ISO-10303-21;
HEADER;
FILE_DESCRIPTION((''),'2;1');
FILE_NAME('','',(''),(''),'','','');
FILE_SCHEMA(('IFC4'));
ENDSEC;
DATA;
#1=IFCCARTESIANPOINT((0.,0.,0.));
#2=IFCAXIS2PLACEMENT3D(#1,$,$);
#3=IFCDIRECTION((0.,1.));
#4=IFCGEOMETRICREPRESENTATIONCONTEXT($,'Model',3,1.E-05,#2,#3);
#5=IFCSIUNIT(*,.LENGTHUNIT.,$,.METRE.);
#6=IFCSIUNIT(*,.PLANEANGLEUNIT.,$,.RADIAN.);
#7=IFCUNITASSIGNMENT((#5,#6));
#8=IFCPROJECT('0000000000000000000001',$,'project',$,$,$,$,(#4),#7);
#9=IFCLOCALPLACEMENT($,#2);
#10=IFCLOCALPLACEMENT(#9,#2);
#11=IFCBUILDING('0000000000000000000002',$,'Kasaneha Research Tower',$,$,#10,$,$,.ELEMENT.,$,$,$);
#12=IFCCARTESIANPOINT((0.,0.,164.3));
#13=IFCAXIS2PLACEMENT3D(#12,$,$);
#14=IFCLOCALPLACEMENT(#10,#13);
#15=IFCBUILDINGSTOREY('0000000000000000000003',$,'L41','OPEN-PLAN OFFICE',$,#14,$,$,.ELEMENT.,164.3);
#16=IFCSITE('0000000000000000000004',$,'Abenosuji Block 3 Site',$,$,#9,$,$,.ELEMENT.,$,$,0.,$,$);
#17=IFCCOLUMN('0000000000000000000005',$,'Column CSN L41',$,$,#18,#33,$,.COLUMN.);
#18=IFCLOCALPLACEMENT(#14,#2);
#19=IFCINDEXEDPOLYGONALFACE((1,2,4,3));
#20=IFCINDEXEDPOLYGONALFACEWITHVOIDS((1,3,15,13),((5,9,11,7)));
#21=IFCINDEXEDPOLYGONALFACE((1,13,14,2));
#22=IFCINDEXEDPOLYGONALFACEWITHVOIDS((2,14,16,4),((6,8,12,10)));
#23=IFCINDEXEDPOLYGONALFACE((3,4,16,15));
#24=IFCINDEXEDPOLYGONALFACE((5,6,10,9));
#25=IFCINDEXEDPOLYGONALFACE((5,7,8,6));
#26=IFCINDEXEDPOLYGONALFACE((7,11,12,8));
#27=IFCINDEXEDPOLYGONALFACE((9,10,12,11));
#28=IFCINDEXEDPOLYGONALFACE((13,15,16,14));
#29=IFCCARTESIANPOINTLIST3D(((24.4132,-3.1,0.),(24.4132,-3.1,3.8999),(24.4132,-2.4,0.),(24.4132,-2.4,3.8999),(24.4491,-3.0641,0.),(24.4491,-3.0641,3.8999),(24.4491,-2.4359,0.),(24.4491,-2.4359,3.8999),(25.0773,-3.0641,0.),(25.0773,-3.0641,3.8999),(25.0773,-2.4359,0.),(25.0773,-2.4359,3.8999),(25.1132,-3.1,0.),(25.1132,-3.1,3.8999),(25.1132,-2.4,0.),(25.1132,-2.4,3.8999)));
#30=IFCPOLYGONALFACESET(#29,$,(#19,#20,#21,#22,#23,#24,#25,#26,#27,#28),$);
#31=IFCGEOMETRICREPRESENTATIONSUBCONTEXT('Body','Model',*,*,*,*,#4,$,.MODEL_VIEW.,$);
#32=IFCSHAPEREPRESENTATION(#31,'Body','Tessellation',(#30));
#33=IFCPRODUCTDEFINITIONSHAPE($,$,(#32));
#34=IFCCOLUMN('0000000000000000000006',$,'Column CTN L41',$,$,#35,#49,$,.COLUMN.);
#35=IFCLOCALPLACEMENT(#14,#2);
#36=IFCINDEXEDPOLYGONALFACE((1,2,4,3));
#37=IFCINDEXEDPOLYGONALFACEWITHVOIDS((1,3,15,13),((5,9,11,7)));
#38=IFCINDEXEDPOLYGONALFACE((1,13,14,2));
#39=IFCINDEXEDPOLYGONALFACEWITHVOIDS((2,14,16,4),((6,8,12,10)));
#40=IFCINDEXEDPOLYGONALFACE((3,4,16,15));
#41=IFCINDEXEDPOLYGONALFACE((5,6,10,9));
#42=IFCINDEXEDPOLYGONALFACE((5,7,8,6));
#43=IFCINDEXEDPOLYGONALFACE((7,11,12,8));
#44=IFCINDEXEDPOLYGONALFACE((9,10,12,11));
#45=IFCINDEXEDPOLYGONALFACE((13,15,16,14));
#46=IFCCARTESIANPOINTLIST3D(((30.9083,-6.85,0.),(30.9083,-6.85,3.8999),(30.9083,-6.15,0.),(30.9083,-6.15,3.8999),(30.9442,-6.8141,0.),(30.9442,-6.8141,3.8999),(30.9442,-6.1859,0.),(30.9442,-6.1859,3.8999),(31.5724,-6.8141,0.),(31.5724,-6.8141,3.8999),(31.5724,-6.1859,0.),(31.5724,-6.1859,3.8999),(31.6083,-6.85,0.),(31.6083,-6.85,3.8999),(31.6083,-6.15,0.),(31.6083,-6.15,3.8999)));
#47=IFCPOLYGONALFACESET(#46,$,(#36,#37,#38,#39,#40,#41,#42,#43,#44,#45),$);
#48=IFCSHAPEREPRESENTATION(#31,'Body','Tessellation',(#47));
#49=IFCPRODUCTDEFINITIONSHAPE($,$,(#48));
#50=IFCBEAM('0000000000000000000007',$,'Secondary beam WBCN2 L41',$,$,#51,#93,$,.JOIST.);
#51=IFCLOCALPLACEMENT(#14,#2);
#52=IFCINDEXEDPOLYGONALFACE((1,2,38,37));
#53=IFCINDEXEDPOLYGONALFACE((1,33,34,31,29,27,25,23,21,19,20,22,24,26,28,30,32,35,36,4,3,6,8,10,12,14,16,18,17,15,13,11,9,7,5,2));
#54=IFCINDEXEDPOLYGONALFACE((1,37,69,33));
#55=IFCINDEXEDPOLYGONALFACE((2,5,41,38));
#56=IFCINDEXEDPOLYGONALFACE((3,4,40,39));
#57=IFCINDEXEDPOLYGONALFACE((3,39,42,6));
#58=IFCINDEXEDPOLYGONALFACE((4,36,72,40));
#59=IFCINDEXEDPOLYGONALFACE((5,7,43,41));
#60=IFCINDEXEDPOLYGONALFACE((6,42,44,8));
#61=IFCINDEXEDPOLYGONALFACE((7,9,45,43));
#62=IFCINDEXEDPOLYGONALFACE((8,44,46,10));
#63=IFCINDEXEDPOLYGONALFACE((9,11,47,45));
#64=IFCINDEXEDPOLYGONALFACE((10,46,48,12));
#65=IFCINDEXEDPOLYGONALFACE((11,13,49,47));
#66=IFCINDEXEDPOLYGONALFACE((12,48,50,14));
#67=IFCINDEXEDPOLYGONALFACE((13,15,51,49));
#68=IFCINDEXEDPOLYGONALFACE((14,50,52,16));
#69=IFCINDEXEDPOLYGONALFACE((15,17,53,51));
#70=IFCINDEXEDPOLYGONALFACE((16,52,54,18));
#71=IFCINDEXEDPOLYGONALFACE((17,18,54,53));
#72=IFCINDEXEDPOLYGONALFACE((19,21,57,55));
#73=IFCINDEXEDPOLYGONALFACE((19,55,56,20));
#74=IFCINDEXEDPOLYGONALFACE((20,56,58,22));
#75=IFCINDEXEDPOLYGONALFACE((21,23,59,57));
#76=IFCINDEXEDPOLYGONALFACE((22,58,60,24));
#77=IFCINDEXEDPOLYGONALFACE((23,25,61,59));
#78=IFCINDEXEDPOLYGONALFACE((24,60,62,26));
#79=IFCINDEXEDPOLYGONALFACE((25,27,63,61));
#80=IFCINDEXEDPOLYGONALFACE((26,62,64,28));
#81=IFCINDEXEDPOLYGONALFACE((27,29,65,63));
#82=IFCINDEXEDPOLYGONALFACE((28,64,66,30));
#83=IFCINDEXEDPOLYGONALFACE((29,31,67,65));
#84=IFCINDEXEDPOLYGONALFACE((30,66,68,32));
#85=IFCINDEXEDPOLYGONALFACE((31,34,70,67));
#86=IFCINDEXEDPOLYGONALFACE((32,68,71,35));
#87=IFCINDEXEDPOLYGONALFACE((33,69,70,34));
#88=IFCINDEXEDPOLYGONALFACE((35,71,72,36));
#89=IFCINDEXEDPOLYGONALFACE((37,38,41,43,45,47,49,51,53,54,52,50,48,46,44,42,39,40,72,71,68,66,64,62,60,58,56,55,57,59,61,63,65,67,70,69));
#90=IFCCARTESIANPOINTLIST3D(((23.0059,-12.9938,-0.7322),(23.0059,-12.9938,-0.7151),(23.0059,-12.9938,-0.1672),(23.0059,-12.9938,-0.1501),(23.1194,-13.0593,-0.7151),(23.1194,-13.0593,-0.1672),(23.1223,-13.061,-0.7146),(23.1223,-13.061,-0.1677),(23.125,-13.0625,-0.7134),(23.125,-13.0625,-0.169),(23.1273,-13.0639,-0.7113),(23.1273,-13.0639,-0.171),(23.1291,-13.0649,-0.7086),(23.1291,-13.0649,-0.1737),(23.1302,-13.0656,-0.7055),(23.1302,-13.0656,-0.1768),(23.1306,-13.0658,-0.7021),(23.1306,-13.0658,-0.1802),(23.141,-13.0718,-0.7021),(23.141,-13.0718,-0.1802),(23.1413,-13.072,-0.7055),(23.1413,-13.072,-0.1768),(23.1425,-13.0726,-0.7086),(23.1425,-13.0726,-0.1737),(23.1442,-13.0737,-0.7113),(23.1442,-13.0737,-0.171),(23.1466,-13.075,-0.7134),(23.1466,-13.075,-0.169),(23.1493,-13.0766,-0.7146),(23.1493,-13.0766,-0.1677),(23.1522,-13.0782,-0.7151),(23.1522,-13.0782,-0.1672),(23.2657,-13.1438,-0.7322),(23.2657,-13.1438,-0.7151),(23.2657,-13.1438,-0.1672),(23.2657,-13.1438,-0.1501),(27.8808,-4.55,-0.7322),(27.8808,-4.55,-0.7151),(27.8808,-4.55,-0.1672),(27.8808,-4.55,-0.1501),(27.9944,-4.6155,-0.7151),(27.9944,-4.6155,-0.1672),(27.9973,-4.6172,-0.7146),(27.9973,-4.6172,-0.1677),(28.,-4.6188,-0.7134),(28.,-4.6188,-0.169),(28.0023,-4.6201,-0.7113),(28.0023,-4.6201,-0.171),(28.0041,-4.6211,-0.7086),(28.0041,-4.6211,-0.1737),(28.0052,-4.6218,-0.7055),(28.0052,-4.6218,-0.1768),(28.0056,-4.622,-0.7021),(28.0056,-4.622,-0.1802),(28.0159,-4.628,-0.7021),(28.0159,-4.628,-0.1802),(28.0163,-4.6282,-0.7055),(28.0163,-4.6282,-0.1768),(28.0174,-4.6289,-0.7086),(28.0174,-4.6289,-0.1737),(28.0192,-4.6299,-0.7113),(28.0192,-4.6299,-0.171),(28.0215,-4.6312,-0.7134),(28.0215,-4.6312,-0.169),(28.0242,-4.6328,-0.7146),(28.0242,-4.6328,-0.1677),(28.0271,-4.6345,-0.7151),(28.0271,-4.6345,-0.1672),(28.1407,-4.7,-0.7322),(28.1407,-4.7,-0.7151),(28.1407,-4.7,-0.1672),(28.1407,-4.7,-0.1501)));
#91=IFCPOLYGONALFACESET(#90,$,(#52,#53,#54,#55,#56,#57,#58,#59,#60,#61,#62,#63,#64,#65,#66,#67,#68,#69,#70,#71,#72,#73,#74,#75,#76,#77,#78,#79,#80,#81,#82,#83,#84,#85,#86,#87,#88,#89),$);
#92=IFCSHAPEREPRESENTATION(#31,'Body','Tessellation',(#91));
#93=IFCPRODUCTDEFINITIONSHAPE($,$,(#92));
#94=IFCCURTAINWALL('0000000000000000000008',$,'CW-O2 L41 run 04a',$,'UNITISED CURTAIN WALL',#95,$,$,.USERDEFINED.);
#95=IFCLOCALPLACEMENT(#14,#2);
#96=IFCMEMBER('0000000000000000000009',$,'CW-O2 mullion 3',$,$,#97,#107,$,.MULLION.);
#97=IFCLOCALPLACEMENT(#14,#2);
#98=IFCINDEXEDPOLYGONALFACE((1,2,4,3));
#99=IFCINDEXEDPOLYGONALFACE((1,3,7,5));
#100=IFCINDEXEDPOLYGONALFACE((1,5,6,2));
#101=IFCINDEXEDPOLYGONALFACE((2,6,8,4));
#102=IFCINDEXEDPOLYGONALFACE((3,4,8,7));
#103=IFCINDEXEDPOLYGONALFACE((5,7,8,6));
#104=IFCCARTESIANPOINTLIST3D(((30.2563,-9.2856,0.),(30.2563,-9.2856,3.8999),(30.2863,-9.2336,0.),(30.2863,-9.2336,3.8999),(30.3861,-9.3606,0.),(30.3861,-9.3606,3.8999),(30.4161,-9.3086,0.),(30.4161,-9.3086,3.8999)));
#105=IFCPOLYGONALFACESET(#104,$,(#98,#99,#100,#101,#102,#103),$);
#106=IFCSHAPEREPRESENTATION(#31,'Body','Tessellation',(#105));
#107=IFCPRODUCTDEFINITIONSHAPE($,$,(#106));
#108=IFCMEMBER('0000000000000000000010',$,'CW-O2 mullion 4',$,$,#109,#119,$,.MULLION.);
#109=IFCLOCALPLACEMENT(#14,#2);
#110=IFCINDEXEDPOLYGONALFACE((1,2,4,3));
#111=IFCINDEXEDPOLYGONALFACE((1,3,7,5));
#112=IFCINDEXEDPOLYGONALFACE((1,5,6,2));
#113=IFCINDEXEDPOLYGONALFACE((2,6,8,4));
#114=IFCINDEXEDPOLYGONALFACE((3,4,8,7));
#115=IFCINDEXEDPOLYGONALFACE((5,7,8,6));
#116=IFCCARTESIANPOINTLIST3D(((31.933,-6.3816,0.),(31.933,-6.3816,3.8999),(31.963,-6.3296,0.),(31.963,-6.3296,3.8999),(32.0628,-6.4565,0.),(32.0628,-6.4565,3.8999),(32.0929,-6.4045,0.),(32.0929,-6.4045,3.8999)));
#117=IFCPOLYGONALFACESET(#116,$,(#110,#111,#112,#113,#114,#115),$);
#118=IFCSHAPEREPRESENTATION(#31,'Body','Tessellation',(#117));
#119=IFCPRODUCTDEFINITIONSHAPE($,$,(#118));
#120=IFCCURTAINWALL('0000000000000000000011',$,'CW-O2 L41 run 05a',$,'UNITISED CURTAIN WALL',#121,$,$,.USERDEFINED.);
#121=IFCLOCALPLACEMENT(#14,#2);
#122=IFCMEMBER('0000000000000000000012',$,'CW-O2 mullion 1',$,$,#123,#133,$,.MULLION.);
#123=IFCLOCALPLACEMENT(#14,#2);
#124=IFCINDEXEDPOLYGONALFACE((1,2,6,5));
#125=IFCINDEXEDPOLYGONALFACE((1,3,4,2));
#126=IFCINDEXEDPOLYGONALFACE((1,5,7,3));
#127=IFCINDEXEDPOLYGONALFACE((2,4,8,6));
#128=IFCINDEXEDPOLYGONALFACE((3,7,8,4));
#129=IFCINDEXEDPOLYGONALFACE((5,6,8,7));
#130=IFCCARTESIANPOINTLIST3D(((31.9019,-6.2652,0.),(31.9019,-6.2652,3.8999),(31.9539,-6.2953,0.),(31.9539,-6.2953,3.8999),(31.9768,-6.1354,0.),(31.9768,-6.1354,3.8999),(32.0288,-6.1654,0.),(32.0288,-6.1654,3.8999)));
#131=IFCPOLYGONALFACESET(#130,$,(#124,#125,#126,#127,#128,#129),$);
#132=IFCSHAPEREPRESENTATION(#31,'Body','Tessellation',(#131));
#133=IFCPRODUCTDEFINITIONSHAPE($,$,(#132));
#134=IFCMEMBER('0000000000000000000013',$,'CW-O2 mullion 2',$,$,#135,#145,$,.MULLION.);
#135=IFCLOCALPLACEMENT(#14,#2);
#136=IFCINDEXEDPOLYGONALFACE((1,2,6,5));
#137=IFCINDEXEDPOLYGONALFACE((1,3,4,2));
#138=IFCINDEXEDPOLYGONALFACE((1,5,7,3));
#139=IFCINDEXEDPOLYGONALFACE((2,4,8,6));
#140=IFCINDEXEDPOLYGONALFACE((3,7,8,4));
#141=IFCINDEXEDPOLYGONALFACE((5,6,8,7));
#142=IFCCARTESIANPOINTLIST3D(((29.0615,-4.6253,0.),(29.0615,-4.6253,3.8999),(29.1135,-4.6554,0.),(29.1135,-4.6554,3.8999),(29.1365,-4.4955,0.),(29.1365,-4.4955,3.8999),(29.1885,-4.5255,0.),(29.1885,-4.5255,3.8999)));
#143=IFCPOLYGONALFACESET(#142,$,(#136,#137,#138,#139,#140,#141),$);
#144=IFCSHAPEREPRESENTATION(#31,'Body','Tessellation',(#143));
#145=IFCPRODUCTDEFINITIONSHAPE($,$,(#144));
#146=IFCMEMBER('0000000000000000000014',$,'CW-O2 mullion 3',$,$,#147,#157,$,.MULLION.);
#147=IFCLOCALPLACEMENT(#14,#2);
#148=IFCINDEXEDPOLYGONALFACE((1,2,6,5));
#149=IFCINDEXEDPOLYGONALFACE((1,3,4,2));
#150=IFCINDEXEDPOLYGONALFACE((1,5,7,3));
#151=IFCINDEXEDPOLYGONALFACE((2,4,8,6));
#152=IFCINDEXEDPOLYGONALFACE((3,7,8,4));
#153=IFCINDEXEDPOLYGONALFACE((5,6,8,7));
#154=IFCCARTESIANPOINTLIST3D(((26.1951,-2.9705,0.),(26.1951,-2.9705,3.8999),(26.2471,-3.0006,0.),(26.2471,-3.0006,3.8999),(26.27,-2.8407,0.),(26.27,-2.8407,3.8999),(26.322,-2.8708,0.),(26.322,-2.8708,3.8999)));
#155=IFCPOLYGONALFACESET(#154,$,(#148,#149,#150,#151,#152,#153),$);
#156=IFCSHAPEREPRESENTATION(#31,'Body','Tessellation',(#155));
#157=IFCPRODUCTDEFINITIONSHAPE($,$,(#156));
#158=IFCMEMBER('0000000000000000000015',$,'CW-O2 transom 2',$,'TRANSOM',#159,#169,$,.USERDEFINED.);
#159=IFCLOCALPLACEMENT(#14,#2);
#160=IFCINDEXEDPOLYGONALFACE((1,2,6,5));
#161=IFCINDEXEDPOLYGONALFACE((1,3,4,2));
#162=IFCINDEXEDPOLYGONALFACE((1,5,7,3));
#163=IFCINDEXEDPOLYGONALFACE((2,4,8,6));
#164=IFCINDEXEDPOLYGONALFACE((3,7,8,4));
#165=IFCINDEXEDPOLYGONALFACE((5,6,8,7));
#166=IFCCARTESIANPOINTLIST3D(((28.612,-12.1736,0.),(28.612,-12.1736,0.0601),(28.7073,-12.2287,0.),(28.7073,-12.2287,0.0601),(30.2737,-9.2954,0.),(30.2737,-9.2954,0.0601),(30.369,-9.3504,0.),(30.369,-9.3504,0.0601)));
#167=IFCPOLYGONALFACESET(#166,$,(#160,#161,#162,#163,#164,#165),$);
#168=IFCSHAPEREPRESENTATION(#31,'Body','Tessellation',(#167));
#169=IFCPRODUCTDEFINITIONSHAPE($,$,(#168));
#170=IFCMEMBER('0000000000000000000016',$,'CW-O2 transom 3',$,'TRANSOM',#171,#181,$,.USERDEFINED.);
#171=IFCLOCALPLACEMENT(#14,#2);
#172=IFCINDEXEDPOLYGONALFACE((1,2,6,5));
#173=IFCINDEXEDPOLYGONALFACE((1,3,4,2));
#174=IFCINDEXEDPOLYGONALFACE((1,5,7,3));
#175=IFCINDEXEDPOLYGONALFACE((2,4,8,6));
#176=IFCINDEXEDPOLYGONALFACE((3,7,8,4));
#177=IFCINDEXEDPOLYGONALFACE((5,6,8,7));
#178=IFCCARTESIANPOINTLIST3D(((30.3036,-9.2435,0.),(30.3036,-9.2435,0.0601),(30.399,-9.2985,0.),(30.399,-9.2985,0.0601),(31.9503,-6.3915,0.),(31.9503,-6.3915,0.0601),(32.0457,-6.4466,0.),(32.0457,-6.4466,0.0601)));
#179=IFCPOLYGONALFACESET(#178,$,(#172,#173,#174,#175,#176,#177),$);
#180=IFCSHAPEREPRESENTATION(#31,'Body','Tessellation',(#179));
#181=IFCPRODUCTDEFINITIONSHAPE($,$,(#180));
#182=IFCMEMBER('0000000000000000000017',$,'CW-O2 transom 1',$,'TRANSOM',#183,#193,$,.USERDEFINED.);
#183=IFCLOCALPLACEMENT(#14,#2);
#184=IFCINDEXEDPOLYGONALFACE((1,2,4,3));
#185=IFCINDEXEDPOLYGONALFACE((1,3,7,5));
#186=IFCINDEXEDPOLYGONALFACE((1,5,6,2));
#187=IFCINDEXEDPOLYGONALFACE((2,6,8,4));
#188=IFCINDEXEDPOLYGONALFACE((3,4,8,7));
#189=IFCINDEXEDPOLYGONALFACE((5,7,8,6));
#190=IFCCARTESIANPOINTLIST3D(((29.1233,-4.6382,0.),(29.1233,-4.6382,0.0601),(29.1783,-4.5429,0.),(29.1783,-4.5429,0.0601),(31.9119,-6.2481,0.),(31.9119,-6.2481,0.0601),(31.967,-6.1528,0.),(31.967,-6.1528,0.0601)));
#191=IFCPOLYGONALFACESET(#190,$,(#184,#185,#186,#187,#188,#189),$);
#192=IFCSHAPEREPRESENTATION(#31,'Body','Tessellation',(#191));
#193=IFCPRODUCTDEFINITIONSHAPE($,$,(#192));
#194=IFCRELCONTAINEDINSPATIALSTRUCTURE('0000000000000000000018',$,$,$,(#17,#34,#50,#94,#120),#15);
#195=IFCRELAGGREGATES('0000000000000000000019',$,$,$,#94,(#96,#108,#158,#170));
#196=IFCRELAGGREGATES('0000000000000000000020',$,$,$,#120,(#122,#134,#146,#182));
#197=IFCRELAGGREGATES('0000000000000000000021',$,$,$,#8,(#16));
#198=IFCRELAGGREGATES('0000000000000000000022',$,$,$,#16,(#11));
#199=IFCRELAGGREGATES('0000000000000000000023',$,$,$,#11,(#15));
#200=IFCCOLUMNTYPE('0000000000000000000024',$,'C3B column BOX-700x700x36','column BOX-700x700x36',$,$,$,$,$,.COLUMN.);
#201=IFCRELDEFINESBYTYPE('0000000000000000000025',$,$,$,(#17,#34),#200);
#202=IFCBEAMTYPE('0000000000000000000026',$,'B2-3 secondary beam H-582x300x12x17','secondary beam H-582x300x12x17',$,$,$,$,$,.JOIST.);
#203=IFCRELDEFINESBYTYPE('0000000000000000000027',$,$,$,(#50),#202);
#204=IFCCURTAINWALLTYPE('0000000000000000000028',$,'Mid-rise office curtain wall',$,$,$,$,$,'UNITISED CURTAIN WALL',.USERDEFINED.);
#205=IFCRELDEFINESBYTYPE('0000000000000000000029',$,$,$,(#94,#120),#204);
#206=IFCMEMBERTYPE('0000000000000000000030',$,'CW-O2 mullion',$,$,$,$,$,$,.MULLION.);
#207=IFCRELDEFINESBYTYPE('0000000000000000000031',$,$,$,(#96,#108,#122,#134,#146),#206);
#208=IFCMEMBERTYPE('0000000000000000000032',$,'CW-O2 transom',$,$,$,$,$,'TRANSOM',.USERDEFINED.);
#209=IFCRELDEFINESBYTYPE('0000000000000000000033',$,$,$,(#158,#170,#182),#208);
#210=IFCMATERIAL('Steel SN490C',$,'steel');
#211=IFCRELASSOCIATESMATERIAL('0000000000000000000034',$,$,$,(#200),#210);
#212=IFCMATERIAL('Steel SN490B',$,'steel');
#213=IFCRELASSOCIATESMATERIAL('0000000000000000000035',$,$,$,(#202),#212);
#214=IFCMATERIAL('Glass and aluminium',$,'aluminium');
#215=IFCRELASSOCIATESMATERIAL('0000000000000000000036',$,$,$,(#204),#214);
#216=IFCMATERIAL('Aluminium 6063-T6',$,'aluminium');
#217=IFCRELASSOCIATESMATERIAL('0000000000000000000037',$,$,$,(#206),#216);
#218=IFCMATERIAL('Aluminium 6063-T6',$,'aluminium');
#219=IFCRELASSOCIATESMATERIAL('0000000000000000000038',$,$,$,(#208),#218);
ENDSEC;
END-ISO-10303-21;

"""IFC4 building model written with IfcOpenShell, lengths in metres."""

from ifc_helpers import new_model, si_unit, direction, frame, origin, origin_2d, place, context, subcontext, project, spatial, rectangle, hollow_rectangle, i_section, extrude, material, material_profile, profile_set, type_object, element, aggregate, save


model = new_model("IFC4")

# Units and contexts
model_context = context("Model", 3, precision=1e-05, world=origin(), true_north=direction((0.0, 1.0)))
body_context = subcontext(model_context, "Body", "Model", "MODEL_VIEW")
ifc_project = project(units=[si_unit("LENGTHUNIT", "METRE"), si_unit("PLANEANGLEUNIT", "RADIAN")], contexts=[model_context])

# Site, building, storey
site_placement = place(None, origin())
site = spatial("IfcSite", under=ifc_project, at=site_placement, Name="Abenosuji Block 3 Site", CompositionType="ELEMENT", RefElevation=0.0)
building_placement = place(site_placement, origin())
building = spatial("IfcBuilding", under=site, at=building_placement, Name="Kasaneha Research Tower", CompositionType="ELEMENT")
storey_placement = place(building_placement, frame((0.0, 0.0, 164.3)))
storey = spatial("IfcBuildingStorey", under=building, at=storey_placement, Name="L41", Description="OPEN-PLAN OFFICE", CompositionType="ELEMENT", Elevation=164.3)

# Columns
ifc_material_1 = material(Name="Steel SN490C", Category="steel")
ifc_material_profile_1 = material_profile(ifc_material_1, hollow_rectangle(XDim=0.7, YDim=0.7, WallThickness=0.0359, at=origin_2d()), Name="BOX-700x700x36")
ifc_profile_set_1 = profile_set([ifc_material_profile_1], Name="Steel SN490C")
column_type = type_object("IfcColumnType", Name="C3B column BOX-700x700x36", Description="column BOX-700x700x36", PredefinedType="COLUMN", material=ifc_profile_set_1)
for number, where, z_axis, x_axis, name in (
    (1, (24.7632, -2.75, 0.0), (0.0, 0.0, 1.0), (1.0, 0.0, 0.0), "Column CSN L41"),
    (2, (31.2583, -6.5, 0.0), (0.0, 0.0, 1.0), (1.0, 0.0, 0.0), "Column CTN L41"),
):
    element("IfcColumn", number, at=place(storey_placement, frame(where, z_axis=z_axis, x_axis=x_axis)), inside=storey, type_object=column_type, Name=name, PredefinedType="COLUMN", context=body_context, shape_type="SweptSolid", body=[
        extrude(hollow_rectangle(XDim=0.7, YDim=0.7, WallThickness=0.0359, at=origin_2d()), origin(), (0.0, 0.0, 1.0), 3.8999),
    ])

# Beam
ifc_material_2 = material(Name="Steel SN490B", Category="steel")
ifc_material_profile_2 = material_profile(ifc_material_2, i_section(OverallWidth=0.3, OverallDepth=0.582, WebThickness=0.012, FlangeThickness=0.0171, FilletRadius=0.0129, at=origin_2d()), Name="H-582x300x12x17")
ifc_profile_set_2 = profile_set([ifc_material_profile_2], Name="Steel SN490B")
beam_type_1 = type_object("IfcBeamType", Name="B2-3 secondary beam H-582x300x12x17", Description="secondary beam H-582x300x12x17", PredefinedType="JOIST", material=ifc_profile_set_2)
beam_1_placement = place(storey_placement, frame((28.0107, -4.625, -0.4412), z_axis=(-0.499996, -0.866028, 0.0), x_axis=(0.866028, -0.499996, 0.0)))
element("IfcBeam", 3, at=beam_1_placement, inside=storey, type_object=beam_type_1, Name="Secondary beam WBCN2 L41", PredefinedType="JOIST", context=body_context, shape_type="SweptSolid", body=[
    extrude(i_section(OverallWidth=0.3, OverallDepth=0.582, WebThickness=0.012, FlangeThickness=0.0171, FilletRadius=0.0129, at=origin_2d()), origin(), (0.0, 0.0, 1.0), 9.75),
])

# Curtain walls, members
ifc_material_3 = material(Name="Glass and aluminium", Category="aluminium")
curtain_wall_type = type_object("IfcCurtainWallType", Name="Mid-rise office curtain wall", ElementType="UNITISED CURTAIN WALL", PredefinedType="USERDEFINED", material=ifc_material_3)
curtain_wall_1_placement = place(storey_placement, origin())
curtain_wall_1 = element("IfcCurtainWall", 4, at=curtain_wall_1_placement, inside=storey, type_object=curtain_wall_type, Name="CW-O2 L41 run 04a", ObjectType="UNITISED CURTAIN WALL", PredefinedType="USERDEFINED")
ifc_material_4 = material(Name="Aluminium 6063-T6", Category="aluminium")
ifc_material_profile_3 = material_profile(ifc_material_4, rectangle(XDim=0.0601, YDim=0.1499, at=origin_2d()), Name="CW-O2 mullion 60x150")
ifc_profile_set_3 = profile_set([ifc_material_profile_3], Name="Aluminium 6063-T6")
member_type_1 = type_object("IfcMemberType", Name="CW-O2 mullion", PredefinedType="MULLION", material=ifc_profile_set_3)
member_1_placement = place(storey_placement, frame((30.3362, -9.2971, 0.0), z_axis=(0.0, 0.0, 1.0), x_axis=(0.5, 0.866025, 0.0)))
member_1 = element("IfcMember", 5, at=member_1_placement, type_object=member_type_1, Name="CW-O2 mullion 3", PredefinedType="MULLION", context=body_context, shape_type="SweptSolid", body=[
    extrude(rectangle(XDim=0.0601, YDim=0.1499, at=origin_2d()), origin(), (0.0, 0.0, 1.0), 3.8999),
])
member_2_placement = place(storey_placement, frame((32.0129, -6.3931, 0.0), z_axis=(0.0, 0.0, 1.0), x_axis=(0.5, 0.866025, 0.0)))
member_2 = element("IfcMember", 6, at=member_2_placement, type_object=member_type_1, Name="CW-O2 mullion 4", PredefinedType="MULLION", context=body_context, shape_type="SweptSolid", body=[
    extrude(rectangle(XDim=0.0601, YDim=0.1499, at=origin_2d()), origin(), (0.0, 0.0, 1.0), 3.8999),
])
curtain_wall_2_placement = place(storey_placement, origin())
curtain_wall_2 = element("IfcCurtainWall", 7, at=curtain_wall_2_placement, inside=storey, type_object=curtain_wall_type, Name="CW-O2 L41 run 05a", ObjectType="UNITISED CURTAIN WALL", PredefinedType="USERDEFINED")
member_3_placement = place(storey_placement, frame((31.9653, -6.2153, 0.0), z_axis=(0.0, 0.0, 1.0), x_axis=(-0.866025, 0.5, 0.0)))
member_3 = element("IfcMember", 8, at=member_3_placement, type_object=member_type_1, Name="CW-O2 mullion 1", PredefinedType="MULLION", context=body_context, shape_type="SweptSolid", body=[
    extrude(rectangle(XDim=0.0601, YDim=0.1499, at=origin_2d()), origin(), (0.0, 0.0, 1.0), 3.8999),
])
member_4_placement = place(storey_placement, frame((29.125, -4.5754, 0.0), z_axis=(0.0, 0.0, 1.0), x_axis=(-0.866025, 0.5, 0.0)))
member_4 = element("IfcMember", 9, at=member_4_placement, type_object=member_type_1, Name="CW-O2 mullion 2", PredefinedType="MULLION", context=body_context, shape_type="SweptSolid", body=[
    extrude(rectangle(XDim=0.0601, YDim=0.1499, at=origin_2d()), origin(), (0.0, 0.0, 1.0), 3.8999),
])
member_5_placement = place(storey_placement, frame((26.2585, -2.9207, 0.0), z_axis=(0.0, 0.0, 1.0), x_axis=(-0.866025, 0.5, 0.0)))
member_5 = element("IfcMember", 10, at=member_5_placement, type_object=member_type_1, Name="CW-O2 mullion 3", PredefinedType="MULLION", context=body_context, shape_type="SweptSolid", body=[
    extrude(rectangle(XDim=0.0601, YDim=0.1499, at=origin_2d()), origin(), (0.0, 0.0, 1.0), 3.8999),
])

# Members
ifc_material_5 = material(Name="Aluminium 6063-T6", Category="aluminium")
ifc_material_profile_4 = material_profile(ifc_material_5, rectangle(XDim=0.1101, YDim=0.0601, at=origin_2d()), Name="CW-O2 transom 110x60")
ifc_profile_set_4 = profile_set([ifc_material_profile_4], Name="Aluminium 6063-T6")
member_type_2 = type_object("IfcMemberType", Name="CW-O2 transom", ElementType="TRANSOM", PredefinedType="USERDEFINED", material=ifc_profile_set_4)
member_6_placement = place(storey_placement, frame((28.6597, -12.2012, 0.03), z_axis=(0.499979, 0.866038, 0.0), x_axis=(-0.866038, 0.499979, 0.0)))
member_6 = element("IfcMember", 11, at=member_6_placement, type_object=member_type_2, Name="CW-O2 transom 2", ObjectType="TRANSOM", PredefinedType="USERDEFINED", context=body_context, shape_type="SweptSolid", body=[
    extrude(rectangle(XDim=0.1101, YDim=0.0601, at=origin_2d()), origin(), (0.0, 0.0, 1.0), 3.3235),
])
member_7_placement = place(storey_placement, frame((30.3513, -9.271, 0.03), z_axis=(0.500022, 0.866013, 0.0), x_axis=(-0.866013, 0.500022, 0.0)))
member_7 = element("IfcMember", 12, at=member_7_placement, type_object=member_type_2, Name="CW-O2 transom 3", ObjectType="TRANSOM", PredefinedType="USERDEFINED", context=body_context, shape_type="SweptSolid", body=[
    extrude(rectangle(XDim=0.1101, YDim=0.0601, at=origin_2d()), origin(), (0.0, 0.0, 1.0), 3.2932),
])
member_8_placement = place(storey_placement, frame((31.9395, -6.2004, 0.03), z_axis=(-0.866042, 0.499972, 0.0), x_axis=(-0.499972, -0.866042, 0.0)))
member_8 = element("IfcMember", 13, at=member_8_placement, type_object=member_type_2, Name="CW-O2 transom 1", ObjectType="TRANSOM", PredefinedType="USERDEFINED", context=body_context, shape_type="SweptSolid", body=[
    extrude(rectangle(XDim=0.1101, YDim=0.0601, at=origin_2d()), origin(), (0.0, 0.0, 1.0), 3.22),
])

aggregate(curtain_wall_1, [member_1, member_2, member_6, member_7])
aggregate(curtain_wall_2, [member_3, member_4, member_5, member_8])

save(model, "model.ifc")
